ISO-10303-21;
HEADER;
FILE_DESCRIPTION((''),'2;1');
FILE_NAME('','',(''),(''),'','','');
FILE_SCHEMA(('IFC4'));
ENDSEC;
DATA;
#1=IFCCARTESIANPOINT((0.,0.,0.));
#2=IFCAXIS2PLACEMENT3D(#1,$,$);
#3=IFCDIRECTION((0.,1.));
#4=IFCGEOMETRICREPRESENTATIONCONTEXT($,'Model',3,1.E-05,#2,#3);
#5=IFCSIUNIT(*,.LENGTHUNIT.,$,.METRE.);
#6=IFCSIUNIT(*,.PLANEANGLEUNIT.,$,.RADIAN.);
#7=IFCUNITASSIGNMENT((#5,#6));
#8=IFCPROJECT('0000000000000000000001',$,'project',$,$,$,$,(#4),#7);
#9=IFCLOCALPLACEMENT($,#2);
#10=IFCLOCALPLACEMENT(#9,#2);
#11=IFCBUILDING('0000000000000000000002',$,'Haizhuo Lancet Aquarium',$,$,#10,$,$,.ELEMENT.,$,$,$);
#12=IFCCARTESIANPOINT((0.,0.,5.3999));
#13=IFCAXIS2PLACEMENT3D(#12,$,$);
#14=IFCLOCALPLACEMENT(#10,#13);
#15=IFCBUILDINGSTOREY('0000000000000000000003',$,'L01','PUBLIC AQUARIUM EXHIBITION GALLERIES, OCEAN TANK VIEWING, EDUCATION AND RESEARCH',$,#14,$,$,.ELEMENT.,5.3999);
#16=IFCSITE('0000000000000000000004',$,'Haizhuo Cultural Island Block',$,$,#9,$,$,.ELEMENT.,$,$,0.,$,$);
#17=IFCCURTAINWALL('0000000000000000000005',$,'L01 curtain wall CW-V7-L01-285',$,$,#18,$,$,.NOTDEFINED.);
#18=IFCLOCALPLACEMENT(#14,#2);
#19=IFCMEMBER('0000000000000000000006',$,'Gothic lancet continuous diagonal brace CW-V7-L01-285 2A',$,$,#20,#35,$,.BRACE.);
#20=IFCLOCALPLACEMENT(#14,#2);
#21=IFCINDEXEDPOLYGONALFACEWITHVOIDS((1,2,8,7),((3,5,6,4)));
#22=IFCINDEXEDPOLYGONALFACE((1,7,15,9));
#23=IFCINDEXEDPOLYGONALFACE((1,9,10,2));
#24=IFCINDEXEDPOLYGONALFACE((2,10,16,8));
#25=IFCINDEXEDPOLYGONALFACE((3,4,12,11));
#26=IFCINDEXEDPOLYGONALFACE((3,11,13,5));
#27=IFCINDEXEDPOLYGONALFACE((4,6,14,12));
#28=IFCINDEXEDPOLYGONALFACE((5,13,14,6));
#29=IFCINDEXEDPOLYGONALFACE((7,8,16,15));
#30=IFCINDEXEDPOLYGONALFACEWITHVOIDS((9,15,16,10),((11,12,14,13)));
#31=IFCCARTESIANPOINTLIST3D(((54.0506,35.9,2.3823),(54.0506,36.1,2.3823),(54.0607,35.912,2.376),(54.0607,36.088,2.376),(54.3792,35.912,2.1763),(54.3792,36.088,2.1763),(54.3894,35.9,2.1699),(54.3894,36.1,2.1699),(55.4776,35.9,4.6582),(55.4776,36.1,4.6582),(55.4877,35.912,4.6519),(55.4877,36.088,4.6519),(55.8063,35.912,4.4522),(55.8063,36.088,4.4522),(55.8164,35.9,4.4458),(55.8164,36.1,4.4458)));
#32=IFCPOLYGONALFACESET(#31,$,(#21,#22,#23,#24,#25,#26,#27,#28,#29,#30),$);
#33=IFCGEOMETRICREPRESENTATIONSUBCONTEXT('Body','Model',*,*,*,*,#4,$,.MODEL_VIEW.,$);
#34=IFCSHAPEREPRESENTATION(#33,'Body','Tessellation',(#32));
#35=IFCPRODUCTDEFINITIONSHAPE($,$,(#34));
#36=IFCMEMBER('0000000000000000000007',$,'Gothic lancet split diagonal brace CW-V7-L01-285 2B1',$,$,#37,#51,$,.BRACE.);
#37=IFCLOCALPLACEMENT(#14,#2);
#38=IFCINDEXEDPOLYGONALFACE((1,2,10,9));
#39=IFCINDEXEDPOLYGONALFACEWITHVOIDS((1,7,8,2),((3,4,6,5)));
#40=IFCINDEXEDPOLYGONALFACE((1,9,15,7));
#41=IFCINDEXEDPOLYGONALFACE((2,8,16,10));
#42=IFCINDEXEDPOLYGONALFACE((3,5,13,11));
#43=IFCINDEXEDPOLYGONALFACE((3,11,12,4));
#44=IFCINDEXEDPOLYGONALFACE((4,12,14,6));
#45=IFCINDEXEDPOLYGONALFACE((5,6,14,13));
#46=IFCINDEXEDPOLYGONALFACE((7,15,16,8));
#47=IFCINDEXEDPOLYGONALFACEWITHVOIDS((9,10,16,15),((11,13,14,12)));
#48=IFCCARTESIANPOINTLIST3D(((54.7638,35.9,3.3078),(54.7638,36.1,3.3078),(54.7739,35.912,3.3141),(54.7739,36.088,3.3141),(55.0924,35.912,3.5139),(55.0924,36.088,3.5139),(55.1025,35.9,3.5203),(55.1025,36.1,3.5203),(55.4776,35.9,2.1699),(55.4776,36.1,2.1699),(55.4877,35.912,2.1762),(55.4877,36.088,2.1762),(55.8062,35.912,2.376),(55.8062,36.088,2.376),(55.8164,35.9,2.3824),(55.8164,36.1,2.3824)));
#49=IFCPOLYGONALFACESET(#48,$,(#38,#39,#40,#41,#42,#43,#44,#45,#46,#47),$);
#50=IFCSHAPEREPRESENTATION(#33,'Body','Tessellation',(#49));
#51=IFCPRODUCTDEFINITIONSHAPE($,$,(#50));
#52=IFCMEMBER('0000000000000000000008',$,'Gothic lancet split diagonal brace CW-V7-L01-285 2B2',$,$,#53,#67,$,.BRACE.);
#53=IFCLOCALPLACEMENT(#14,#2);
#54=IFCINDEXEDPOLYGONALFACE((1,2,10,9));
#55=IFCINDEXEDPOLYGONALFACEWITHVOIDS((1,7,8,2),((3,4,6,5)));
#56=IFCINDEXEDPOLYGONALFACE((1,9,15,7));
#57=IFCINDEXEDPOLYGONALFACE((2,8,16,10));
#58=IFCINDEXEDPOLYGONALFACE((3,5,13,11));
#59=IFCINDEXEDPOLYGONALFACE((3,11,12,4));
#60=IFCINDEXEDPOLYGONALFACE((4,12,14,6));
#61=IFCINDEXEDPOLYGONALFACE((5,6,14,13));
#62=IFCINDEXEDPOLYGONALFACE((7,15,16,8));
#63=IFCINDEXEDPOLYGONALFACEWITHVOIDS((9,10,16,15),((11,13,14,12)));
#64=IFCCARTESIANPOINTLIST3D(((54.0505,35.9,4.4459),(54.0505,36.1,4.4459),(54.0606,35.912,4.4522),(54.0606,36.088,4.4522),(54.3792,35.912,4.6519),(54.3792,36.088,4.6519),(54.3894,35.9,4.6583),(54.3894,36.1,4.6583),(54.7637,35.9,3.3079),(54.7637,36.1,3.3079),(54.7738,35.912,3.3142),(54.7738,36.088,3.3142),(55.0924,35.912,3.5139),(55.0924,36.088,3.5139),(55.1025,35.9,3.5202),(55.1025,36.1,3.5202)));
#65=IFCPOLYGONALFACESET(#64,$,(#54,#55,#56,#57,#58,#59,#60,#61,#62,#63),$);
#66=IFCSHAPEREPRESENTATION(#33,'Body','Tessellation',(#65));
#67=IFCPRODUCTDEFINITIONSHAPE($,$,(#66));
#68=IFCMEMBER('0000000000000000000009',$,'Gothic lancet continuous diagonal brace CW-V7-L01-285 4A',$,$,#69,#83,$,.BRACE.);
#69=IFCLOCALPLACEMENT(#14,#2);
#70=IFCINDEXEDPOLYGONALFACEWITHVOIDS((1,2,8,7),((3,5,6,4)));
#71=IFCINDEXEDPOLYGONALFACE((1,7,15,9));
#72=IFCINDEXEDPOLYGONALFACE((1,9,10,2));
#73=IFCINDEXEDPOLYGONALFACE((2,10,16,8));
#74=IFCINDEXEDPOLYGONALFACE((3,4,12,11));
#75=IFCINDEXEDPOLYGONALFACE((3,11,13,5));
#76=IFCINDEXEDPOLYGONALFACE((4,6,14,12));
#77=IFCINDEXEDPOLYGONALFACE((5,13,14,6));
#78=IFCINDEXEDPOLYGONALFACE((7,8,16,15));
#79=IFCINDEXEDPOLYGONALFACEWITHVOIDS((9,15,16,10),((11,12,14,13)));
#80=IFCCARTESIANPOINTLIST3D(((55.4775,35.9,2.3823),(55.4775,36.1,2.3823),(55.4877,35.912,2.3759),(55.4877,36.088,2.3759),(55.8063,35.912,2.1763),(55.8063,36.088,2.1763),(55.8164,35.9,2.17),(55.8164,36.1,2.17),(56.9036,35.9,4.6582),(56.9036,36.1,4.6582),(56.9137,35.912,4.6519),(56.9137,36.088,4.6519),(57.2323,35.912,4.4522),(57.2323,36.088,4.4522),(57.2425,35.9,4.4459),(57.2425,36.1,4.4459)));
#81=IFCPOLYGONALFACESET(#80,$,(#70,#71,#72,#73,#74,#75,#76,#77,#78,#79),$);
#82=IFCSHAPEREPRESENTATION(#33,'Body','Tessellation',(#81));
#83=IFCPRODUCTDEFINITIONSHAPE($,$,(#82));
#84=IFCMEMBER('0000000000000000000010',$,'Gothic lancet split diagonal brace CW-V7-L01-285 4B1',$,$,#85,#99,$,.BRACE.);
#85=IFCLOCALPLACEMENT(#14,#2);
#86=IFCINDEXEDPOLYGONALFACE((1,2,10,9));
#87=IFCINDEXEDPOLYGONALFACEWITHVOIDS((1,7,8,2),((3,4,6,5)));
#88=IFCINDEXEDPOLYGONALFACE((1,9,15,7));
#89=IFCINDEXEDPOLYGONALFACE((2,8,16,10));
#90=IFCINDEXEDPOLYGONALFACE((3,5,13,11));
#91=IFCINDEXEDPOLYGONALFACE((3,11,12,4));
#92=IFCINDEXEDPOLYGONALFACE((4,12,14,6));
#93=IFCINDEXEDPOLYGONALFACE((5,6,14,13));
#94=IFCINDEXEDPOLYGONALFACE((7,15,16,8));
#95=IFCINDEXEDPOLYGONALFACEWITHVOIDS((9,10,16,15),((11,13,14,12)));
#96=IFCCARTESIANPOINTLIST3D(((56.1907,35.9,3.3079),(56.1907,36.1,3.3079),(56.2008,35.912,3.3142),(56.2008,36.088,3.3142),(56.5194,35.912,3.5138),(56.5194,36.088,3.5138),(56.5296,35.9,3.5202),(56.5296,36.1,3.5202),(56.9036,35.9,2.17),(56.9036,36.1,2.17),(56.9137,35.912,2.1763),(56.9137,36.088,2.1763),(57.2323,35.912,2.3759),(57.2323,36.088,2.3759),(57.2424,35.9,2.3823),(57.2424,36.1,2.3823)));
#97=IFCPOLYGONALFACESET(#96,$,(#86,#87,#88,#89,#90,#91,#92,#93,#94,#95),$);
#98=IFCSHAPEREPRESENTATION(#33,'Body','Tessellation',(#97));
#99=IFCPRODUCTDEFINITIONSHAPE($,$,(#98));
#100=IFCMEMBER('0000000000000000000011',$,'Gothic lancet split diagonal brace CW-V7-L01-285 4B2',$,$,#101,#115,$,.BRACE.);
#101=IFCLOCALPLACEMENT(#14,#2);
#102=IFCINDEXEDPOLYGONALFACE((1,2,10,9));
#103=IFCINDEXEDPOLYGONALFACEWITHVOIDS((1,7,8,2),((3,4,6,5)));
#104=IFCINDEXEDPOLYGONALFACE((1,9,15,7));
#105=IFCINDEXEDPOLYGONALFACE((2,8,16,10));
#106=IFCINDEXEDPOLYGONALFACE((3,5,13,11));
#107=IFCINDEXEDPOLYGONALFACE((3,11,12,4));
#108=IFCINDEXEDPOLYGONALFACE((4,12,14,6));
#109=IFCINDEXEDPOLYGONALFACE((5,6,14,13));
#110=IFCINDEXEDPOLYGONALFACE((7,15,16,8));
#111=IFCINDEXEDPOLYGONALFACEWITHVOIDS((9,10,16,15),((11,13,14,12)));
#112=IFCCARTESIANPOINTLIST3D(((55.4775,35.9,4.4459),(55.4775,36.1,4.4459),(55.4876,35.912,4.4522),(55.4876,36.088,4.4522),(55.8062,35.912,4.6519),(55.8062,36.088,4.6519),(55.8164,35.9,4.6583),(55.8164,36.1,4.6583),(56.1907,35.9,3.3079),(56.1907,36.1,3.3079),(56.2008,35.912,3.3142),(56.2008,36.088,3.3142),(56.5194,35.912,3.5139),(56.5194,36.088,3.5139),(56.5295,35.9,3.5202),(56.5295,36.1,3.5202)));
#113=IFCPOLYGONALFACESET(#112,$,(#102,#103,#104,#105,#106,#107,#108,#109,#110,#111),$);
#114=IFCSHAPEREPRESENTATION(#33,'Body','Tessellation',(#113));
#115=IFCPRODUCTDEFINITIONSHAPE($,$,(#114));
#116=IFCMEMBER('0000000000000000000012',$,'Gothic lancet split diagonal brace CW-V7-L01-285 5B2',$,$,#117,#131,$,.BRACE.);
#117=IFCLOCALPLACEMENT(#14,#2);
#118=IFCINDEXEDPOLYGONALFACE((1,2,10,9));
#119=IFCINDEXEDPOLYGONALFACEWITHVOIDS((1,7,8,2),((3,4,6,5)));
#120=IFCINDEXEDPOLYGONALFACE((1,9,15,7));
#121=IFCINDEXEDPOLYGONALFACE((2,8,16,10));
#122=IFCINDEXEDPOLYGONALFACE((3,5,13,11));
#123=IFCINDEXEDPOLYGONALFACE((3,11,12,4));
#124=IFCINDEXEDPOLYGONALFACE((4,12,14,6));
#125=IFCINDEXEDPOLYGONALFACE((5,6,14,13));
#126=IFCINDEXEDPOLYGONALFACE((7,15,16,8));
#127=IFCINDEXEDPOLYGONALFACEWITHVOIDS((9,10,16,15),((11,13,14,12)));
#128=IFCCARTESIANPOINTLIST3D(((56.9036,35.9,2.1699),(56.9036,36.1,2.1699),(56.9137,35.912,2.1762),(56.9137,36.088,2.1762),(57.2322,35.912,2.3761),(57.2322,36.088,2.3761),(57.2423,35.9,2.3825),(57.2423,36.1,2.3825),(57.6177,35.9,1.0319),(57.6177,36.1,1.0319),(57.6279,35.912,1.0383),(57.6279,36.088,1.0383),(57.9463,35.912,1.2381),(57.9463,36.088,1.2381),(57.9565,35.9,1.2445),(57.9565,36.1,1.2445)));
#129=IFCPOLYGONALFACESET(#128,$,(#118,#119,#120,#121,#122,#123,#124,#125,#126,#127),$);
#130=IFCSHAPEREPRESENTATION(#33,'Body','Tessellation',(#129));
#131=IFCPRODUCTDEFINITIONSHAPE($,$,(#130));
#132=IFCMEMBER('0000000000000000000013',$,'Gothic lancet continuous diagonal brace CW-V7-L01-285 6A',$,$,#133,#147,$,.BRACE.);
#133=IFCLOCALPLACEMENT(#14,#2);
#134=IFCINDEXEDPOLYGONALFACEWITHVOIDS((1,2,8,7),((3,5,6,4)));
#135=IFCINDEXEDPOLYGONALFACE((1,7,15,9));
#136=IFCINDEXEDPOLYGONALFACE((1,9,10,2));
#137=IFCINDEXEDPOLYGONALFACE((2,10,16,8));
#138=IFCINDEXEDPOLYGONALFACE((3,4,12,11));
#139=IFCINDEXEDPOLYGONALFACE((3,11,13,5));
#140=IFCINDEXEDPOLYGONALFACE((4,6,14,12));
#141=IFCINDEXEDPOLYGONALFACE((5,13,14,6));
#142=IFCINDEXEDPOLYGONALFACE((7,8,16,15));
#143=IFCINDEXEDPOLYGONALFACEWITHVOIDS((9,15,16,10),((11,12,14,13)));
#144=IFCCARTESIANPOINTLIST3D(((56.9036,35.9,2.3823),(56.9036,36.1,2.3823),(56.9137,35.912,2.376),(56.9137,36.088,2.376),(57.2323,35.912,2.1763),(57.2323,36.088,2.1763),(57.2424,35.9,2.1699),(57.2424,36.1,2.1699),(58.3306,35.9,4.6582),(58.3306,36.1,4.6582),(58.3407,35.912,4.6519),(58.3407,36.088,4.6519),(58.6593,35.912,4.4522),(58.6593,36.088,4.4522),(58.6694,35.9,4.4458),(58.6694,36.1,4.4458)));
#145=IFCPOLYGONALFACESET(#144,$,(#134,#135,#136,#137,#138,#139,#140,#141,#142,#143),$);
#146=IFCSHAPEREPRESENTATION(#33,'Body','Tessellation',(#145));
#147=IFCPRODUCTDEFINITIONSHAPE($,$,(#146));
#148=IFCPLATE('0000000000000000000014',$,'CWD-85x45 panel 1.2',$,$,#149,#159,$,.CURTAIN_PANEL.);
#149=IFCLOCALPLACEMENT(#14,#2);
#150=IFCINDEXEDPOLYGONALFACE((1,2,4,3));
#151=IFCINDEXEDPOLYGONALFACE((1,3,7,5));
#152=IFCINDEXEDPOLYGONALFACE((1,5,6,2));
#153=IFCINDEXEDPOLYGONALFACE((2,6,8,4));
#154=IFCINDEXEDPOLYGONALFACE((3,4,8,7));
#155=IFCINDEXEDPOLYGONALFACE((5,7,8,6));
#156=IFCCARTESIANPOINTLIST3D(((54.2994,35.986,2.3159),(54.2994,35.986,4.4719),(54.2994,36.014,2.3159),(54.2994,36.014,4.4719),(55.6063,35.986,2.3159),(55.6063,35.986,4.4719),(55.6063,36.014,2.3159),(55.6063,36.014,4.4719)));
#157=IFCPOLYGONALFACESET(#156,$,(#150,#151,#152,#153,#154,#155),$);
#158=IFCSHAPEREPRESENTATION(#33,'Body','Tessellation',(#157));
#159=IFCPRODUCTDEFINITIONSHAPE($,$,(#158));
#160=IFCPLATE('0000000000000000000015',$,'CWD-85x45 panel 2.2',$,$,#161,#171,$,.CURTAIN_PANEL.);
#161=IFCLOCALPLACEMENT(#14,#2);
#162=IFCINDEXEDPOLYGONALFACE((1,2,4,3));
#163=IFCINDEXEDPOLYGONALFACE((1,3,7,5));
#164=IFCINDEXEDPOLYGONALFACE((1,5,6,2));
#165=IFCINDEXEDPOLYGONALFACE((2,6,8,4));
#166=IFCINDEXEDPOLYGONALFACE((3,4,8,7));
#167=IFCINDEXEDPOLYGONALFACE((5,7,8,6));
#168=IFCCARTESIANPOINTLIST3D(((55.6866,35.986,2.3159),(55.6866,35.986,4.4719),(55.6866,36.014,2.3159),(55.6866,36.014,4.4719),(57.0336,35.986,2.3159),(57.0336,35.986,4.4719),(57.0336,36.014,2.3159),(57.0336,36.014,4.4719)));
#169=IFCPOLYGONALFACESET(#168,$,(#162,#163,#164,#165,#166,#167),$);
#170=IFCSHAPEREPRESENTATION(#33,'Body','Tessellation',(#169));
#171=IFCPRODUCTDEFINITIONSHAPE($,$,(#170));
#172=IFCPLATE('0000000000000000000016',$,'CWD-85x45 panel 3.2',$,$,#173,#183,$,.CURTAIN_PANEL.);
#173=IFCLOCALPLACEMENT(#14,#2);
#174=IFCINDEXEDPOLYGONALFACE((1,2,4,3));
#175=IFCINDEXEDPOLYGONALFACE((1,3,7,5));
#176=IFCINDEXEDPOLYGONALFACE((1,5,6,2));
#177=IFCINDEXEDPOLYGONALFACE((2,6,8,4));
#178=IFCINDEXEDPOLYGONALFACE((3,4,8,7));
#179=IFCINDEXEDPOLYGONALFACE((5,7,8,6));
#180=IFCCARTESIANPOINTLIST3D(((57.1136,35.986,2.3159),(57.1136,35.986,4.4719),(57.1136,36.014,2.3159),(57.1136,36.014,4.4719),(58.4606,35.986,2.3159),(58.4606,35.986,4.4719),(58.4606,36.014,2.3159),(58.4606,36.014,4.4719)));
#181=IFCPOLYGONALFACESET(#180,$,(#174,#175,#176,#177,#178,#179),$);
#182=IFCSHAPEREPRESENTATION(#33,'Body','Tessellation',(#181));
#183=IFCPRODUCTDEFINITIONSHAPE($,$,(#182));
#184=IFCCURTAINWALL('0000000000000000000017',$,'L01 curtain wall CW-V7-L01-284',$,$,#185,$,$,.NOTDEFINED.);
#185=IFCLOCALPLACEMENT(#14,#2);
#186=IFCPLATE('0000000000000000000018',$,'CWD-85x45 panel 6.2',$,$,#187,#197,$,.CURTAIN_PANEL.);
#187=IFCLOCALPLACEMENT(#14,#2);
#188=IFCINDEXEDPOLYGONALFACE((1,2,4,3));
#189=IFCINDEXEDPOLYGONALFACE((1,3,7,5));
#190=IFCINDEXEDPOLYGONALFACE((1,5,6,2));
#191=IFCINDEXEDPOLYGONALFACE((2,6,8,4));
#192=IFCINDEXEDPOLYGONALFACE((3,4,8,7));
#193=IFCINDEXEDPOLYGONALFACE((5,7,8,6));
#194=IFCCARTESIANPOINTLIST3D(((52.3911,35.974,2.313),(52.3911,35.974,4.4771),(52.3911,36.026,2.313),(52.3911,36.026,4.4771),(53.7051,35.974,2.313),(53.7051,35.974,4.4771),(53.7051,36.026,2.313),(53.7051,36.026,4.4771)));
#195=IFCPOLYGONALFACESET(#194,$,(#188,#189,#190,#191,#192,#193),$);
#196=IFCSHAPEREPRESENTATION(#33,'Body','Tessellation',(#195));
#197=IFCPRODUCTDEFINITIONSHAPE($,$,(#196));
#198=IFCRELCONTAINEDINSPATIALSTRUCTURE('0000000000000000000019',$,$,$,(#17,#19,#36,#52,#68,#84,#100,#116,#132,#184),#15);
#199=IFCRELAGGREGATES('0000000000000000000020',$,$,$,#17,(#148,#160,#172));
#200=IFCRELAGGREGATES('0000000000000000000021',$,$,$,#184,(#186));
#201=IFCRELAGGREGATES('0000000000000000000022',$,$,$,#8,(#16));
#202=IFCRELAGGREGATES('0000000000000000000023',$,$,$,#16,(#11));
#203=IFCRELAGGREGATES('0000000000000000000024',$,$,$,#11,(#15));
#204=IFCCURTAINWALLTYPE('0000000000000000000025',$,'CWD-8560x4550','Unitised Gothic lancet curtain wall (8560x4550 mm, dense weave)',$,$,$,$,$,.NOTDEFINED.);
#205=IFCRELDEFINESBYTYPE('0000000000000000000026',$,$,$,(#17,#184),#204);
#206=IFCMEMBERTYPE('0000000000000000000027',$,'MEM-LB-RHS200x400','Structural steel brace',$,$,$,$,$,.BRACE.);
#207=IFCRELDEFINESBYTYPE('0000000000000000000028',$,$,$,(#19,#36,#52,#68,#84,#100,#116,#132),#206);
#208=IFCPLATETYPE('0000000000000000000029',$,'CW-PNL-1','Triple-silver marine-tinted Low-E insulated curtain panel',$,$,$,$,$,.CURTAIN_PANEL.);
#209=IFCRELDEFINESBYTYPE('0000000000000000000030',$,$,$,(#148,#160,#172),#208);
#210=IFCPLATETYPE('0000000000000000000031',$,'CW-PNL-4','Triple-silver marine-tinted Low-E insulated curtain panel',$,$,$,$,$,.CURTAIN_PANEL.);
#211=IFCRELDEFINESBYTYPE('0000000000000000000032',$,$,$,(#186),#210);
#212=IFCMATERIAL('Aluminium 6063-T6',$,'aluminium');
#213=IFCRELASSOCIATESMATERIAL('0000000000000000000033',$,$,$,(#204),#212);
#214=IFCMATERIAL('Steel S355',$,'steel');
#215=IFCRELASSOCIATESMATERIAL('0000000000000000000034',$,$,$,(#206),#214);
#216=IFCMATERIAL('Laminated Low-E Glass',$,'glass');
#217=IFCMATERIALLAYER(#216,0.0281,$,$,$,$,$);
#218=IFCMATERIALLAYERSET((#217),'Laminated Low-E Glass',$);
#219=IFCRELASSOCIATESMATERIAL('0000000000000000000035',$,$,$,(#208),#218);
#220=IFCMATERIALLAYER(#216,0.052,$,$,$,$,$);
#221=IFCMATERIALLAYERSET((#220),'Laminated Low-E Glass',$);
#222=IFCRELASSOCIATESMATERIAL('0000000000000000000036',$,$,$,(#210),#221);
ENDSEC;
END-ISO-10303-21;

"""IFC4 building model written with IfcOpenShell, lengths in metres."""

from ifc_helpers import new_model, si_unit, direction, frame, origin, origin_2d, place, context, subcontext, project, spatial, rectangle, hollow_rectangle, extrude, material, layer, layer_set, material_profile, profile_set, type_object, element, aggregate, save


model = new_model("IFC4")

# Units and contexts
model_context = context("Model", 3, precision=1e-05, world=origin(), true_north=direction((0.0, 1.0)))
body_context = subcontext(model_context, "Body", "Model", "MODEL_VIEW")
ifc_project = project(units=[si_unit("LENGTHUNIT", "METRE"), si_unit("PLANEANGLEUNIT", "RADIAN")], contexts=[model_context])

# Site, building, storey
site_placement = place(None, origin())
site = spatial("IfcSite", under=ifc_project, at=site_placement, Name="Haizhuo Cultural Island Block", CompositionType="ELEMENT", RefElevation=0.0)
building_placement = place(site_placement, origin())
building = spatial("IfcBuilding", under=site, at=building_placement, Name="Haizhuo Lancet Aquarium", CompositionType="ELEMENT")
storey_placement = place(building_placement, frame((0.0, 0.0, 5.3999)))
storey = spatial("IfcBuildingStorey", under=building, at=storey_placement, Name="L01", Description="PUBLIC AQUARIUM EXHIBITION GALLERIES, OCEAN TANK VIEWING, EDUCATION AND RESEARCH", CompositionType="ELEMENT", Elevation=5.3999)

# Shared definitions
ifc_material_1 = material(Name="Steel S355", Category="steel")

# Curtain wall
ifc_material_2 = material(Name="Aluminium 6063-T6", Category="aluminium")
curtain_wall_type = type_object("IfcCurtainWallType", Name="CWD-8560x4550", Description="Unitised Gothic lancet curtain wall (8560x4550 mm, dense weave)", PredefinedType="NOTDEFINED", material=ifc_material_2)
curtain_wall_1_placement = place(storey_placement, origin())
curtain_wall_1 = element("IfcCurtainWall", 1, at=curtain_wall_1_placement, inside=storey, type_object=curtain_wall_type, Name="L01 curtain wall CW-V7-L01-285", PredefinedType="NOTDEFINED")

# Members
ifc_material_profile_1 = material_profile(ifc_material_1, hollow_rectangle(XDim=0.2, YDim=0.3999, WallThickness=0.012, at=origin_2d()), Name="RHS 200x400x12")
ifc_profile_set_1 = profile_set([ifc_material_profile_1], Name="Steel S355")
member_type_1 = type_object("IfcMemberType", Name="MEM-LB-RHS200x400", Description="Structural steel brace", PredefinedType="BRACE", material=ifc_profile_set_1)
member_1_placement = place(storey_placement, frame((54.22, 36.0, 2.2761), z_axis=(0.531224, 0.0, 0.847232), x_axis=(0.0, 1.0, 0.0)))
element("IfcMember", 2, at=member_1_placement, inside=storey, type_object=member_type_1, Name="Gothic lancet continuous diagonal brace CW-V7-L01-285 2A", PredefinedType="BRACE", context=body_context, shape_type="SweptSolid", body=[
    extrude(hollow_rectangle(XDim=0.2, YDim=0.3999, WallThickness=0.012, at=origin_2d()), origin(), (0.0, 0.0, 1.0), 2.6863),
])
member_2_placement = place(storey_placement, frame((55.647, 36.0, 2.2761), z_axis=(-0.531419, 0.0, 0.847109), x_axis=(0.0, -1.0, 0.0)))
element("IfcMember", 3, at=member_2_placement, inside=storey, type_object=member_type_1, Name="Gothic lancet split diagonal brace CW-V7-L01-285 2B1", PredefinedType="BRACE", context=body_context, shape_type="SweptSolid", body=[
    extrude(hollow_rectangle(XDim=0.2, YDim=0.3999, WallThickness=0.012, at=origin_2d()), origin(), (0.0, 0.0, 1.0), 1.3433),
])
member_3_placement = place(storey_placement, frame((54.9331, 36.0, 3.4141), z_axis=(-0.531028, 0.0, 0.847354), x_axis=(0.0, -1.0, 0.0)))
element("IfcMember", 4, at=member_3_placement, inside=storey, type_object=member_type_1, Name="Gothic lancet split diagonal brace CW-V7-L01-285 2B2", PredefinedType="BRACE", context=body_context, shape_type="SweptSolid", body=[
    extrude(hollow_rectangle(XDim=0.2, YDim=0.3999, WallThickness=0.012, at=origin_2d()), origin(), (0.0, 0.0, 1.0), 1.343),
])
member_4_placement = place(storey_placement, frame((55.647, 36.0, 2.2761), z_axis=(0.530963, 0.0, 0.847395), x_axis=(0.0, 1.0, 0.0)))
element("IfcMember", 5, at=member_4_placement, inside=storey, type_object=member_type_1, Name="Gothic lancet continuous diagonal brace CW-V7-L01-285 4A", PredefinedType="BRACE", context=body_context, shape_type="SweptSolid", body=[
    extrude(hollow_rectangle(XDim=0.2, YDim=0.3999, WallThickness=0.012, at=origin_2d()), origin(), (0.0, 0.0, 1.0), 2.6858),
])
member_5_placement = place(storey_placement, frame((57.073, 36.0, 2.2761), z_axis=(-0.530897, 0.0, 0.847436), x_axis=(0.0, -1.0, 0.0)))
element("IfcMember", 6, at=member_5_placement, inside=storey, type_object=member_type_1, Name="Gothic lancet split diagonal brace CW-V7-L01-285 4B1", PredefinedType="BRACE", context=body_context, shape_type="SweptSolid", body=[
    extrude(hollow_rectangle(XDim=0.2, YDim=0.3999, WallThickness=0.012, at=origin_2d()), origin(), (0.0, 0.0, 1.0), 1.3428),
])
member_6_placement = place(storey_placement, frame((56.3601, 36.0, 3.4141), z_axis=(-0.531028, 0.0, 0.847354), x_axis=(0.0, -1.0, 0.0)))
element("IfcMember", 7, at=member_6_placement, inside=storey, type_object=member_type_1, Name="Gothic lancet split diagonal brace CW-V7-L01-285 4B2", PredefinedType="BRACE", context=body_context, shape_type="SweptSolid", body=[
    extrude(hollow_rectangle(XDim=0.2, YDim=0.3999, WallThickness=0.012, at=origin_2d()), origin(), (0.0, 0.0, 1.0), 1.343),
])
member_7_placement = place(storey_placement, frame((57.7871, 36.0, 1.1382), z_axis=(-0.53155, 0.0, 0.847027), x_axis=(0.0, -1.0, 0.0)))
element("IfcMember", 8, at=member_7_placement, inside=storey, type_object=member_type_1, Name="Gothic lancet split diagonal brace CW-V7-L01-285 5B2", PredefinedType="BRACE", context=body_context, shape_type="SweptSolid", body=[
    extrude(hollow_rectangle(XDim=0.2, YDim=0.3999, WallThickness=0.012, at=origin_2d()), origin(), (0.0, 0.0, 1.0), 1.3435),
])
member_8_placement = place(storey_placement, frame((57.073, 36.0, 2.2761), z_axis=(0.531224, 0.0, 0.847232), x_axis=(0.0, 1.0, 0.0)))
element("IfcMember", 9, at=member_8_placement, inside=storey, type_object=member_type_1, Name="Gothic lancet continuous diagonal brace CW-V7-L01-285 6A", PredefinedType="BRACE", context=body_context, shape_type="SweptSolid", body=[
    extrude(hollow_rectangle(XDim=0.2, YDim=0.3999, WallThickness=0.012, at=origin_2d()), origin(), (0.0, 0.0, 1.0), 2.6863),
])

# Plates
ifc_material_3 = material(Name="Laminated Low-E Glass", Category="glass")
ifc_layer_1 = layer(ifc_material_3, 0.0281)
ifc_layer_set_1 = layer_set([ifc_layer_1], Name="Laminated Low-E Glass")
plate_type_1 = type_object("IfcPlateType", Name="CW-PNL-1", Description="Triple-silver marine-tinted Low-E insulated curtain panel", PredefinedType="CURTAIN_PANEL", material=ifc_layer_set_1)
plate_1_placement = place(storey_placement, frame((54.9529, 36.0, 2.3159), z_axis=(0.0, 0.0, 1.0), x_axis=(1.0, 0.0, 0.0)))
plate_1 = element("IfcPlate", 10, at=plate_1_placement, type_object=plate_type_1, Name="CWD-85x45 panel 1.2", PredefinedType="CURTAIN_PANEL", context=body_context, shape_type="SweptSolid", body=[
    extrude(rectangle(XDim=1.3069, YDim=0.0281, at=origin_2d()), origin(), (0.0, 0.0, 1.0), 2.156),
])
plate_2_placement = place(storey_placement, frame((56.3601, 36.0, 2.3159), z_axis=(0.0, 0.0, 1.0), x_axis=(1.0, 0.0, 0.0)))
plate_2 = element("IfcPlate", 11, at=plate_2_placement, type_object=plate_type_1, Name="CWD-85x45 panel 2.2", PredefinedType="CURTAIN_PANEL", context=body_context, shape_type="SweptSolid", body=[
    extrude(rectangle(XDim=1.3469, YDim=0.0281, at=origin_2d()), origin(), (0.0, 0.0, 1.0), 2.156),
])
plate_3_placement = place(storey_placement, frame((57.7871, 36.0, 2.3159), z_axis=(0.0, 0.0, 1.0), x_axis=(1.0, 0.0, 0.0)))
plate_3 = element("IfcPlate", 12, at=plate_3_placement, type_object=plate_type_1, Name="CWD-85x45 panel 3.2", PredefinedType="CURTAIN_PANEL", context=body_context, shape_type="SweptSolid", body=[
    extrude(rectangle(XDim=1.3469, YDim=0.0281, at=origin_2d()), origin(), (0.0, 0.0, 1.0), 2.156),
])
aggregate(curtain_wall_1, [plate_1, plate_2, plate_3])

# Curtain wall, plate
curtain_wall_2_placement = place(storey_placement, origin())
curtain_wall_2 = element("IfcCurtainWall", 13, at=curtain_wall_2_placement, inside=storey, type_object=curtain_wall_type, Name="L01 curtain wall CW-V7-L01-284", PredefinedType="NOTDEFINED")
ifc_layer_2 = layer(ifc_material_3, 0.052)
ifc_layer_set_2 = layer_set([ifc_layer_2], Name="Laminated Low-E Glass")
plate_type_2 = type_object("IfcPlateType", Name="CW-PNL-4", Description="Triple-silver marine-tinted Low-E insulated curtain panel", PredefinedType="CURTAIN_PANEL", material=ifc_layer_set_2)
plate_4_placement = place(storey_placement, frame((53.0481, 36.0, 2.313), z_axis=(0.0, 0.0, 1.0), x_axis=(1.0, 0.0, 0.0)))
plate_4 = element("IfcPlate", 14, at=plate_4_placement, type_object=plate_type_2, Name="CWD-85x45 panel 6.2", PredefinedType="CURTAIN_PANEL", context=body_context, shape_type="SweptSolid", body=[
    extrude(rectangle(XDim=1.314, YDim=0.052, at=origin_2d()), origin(), (0.0, 0.0, 1.0), 2.1641),
])
aggregate(curtain_wall_2, [plate_4])

save(model, "model.ifc")
